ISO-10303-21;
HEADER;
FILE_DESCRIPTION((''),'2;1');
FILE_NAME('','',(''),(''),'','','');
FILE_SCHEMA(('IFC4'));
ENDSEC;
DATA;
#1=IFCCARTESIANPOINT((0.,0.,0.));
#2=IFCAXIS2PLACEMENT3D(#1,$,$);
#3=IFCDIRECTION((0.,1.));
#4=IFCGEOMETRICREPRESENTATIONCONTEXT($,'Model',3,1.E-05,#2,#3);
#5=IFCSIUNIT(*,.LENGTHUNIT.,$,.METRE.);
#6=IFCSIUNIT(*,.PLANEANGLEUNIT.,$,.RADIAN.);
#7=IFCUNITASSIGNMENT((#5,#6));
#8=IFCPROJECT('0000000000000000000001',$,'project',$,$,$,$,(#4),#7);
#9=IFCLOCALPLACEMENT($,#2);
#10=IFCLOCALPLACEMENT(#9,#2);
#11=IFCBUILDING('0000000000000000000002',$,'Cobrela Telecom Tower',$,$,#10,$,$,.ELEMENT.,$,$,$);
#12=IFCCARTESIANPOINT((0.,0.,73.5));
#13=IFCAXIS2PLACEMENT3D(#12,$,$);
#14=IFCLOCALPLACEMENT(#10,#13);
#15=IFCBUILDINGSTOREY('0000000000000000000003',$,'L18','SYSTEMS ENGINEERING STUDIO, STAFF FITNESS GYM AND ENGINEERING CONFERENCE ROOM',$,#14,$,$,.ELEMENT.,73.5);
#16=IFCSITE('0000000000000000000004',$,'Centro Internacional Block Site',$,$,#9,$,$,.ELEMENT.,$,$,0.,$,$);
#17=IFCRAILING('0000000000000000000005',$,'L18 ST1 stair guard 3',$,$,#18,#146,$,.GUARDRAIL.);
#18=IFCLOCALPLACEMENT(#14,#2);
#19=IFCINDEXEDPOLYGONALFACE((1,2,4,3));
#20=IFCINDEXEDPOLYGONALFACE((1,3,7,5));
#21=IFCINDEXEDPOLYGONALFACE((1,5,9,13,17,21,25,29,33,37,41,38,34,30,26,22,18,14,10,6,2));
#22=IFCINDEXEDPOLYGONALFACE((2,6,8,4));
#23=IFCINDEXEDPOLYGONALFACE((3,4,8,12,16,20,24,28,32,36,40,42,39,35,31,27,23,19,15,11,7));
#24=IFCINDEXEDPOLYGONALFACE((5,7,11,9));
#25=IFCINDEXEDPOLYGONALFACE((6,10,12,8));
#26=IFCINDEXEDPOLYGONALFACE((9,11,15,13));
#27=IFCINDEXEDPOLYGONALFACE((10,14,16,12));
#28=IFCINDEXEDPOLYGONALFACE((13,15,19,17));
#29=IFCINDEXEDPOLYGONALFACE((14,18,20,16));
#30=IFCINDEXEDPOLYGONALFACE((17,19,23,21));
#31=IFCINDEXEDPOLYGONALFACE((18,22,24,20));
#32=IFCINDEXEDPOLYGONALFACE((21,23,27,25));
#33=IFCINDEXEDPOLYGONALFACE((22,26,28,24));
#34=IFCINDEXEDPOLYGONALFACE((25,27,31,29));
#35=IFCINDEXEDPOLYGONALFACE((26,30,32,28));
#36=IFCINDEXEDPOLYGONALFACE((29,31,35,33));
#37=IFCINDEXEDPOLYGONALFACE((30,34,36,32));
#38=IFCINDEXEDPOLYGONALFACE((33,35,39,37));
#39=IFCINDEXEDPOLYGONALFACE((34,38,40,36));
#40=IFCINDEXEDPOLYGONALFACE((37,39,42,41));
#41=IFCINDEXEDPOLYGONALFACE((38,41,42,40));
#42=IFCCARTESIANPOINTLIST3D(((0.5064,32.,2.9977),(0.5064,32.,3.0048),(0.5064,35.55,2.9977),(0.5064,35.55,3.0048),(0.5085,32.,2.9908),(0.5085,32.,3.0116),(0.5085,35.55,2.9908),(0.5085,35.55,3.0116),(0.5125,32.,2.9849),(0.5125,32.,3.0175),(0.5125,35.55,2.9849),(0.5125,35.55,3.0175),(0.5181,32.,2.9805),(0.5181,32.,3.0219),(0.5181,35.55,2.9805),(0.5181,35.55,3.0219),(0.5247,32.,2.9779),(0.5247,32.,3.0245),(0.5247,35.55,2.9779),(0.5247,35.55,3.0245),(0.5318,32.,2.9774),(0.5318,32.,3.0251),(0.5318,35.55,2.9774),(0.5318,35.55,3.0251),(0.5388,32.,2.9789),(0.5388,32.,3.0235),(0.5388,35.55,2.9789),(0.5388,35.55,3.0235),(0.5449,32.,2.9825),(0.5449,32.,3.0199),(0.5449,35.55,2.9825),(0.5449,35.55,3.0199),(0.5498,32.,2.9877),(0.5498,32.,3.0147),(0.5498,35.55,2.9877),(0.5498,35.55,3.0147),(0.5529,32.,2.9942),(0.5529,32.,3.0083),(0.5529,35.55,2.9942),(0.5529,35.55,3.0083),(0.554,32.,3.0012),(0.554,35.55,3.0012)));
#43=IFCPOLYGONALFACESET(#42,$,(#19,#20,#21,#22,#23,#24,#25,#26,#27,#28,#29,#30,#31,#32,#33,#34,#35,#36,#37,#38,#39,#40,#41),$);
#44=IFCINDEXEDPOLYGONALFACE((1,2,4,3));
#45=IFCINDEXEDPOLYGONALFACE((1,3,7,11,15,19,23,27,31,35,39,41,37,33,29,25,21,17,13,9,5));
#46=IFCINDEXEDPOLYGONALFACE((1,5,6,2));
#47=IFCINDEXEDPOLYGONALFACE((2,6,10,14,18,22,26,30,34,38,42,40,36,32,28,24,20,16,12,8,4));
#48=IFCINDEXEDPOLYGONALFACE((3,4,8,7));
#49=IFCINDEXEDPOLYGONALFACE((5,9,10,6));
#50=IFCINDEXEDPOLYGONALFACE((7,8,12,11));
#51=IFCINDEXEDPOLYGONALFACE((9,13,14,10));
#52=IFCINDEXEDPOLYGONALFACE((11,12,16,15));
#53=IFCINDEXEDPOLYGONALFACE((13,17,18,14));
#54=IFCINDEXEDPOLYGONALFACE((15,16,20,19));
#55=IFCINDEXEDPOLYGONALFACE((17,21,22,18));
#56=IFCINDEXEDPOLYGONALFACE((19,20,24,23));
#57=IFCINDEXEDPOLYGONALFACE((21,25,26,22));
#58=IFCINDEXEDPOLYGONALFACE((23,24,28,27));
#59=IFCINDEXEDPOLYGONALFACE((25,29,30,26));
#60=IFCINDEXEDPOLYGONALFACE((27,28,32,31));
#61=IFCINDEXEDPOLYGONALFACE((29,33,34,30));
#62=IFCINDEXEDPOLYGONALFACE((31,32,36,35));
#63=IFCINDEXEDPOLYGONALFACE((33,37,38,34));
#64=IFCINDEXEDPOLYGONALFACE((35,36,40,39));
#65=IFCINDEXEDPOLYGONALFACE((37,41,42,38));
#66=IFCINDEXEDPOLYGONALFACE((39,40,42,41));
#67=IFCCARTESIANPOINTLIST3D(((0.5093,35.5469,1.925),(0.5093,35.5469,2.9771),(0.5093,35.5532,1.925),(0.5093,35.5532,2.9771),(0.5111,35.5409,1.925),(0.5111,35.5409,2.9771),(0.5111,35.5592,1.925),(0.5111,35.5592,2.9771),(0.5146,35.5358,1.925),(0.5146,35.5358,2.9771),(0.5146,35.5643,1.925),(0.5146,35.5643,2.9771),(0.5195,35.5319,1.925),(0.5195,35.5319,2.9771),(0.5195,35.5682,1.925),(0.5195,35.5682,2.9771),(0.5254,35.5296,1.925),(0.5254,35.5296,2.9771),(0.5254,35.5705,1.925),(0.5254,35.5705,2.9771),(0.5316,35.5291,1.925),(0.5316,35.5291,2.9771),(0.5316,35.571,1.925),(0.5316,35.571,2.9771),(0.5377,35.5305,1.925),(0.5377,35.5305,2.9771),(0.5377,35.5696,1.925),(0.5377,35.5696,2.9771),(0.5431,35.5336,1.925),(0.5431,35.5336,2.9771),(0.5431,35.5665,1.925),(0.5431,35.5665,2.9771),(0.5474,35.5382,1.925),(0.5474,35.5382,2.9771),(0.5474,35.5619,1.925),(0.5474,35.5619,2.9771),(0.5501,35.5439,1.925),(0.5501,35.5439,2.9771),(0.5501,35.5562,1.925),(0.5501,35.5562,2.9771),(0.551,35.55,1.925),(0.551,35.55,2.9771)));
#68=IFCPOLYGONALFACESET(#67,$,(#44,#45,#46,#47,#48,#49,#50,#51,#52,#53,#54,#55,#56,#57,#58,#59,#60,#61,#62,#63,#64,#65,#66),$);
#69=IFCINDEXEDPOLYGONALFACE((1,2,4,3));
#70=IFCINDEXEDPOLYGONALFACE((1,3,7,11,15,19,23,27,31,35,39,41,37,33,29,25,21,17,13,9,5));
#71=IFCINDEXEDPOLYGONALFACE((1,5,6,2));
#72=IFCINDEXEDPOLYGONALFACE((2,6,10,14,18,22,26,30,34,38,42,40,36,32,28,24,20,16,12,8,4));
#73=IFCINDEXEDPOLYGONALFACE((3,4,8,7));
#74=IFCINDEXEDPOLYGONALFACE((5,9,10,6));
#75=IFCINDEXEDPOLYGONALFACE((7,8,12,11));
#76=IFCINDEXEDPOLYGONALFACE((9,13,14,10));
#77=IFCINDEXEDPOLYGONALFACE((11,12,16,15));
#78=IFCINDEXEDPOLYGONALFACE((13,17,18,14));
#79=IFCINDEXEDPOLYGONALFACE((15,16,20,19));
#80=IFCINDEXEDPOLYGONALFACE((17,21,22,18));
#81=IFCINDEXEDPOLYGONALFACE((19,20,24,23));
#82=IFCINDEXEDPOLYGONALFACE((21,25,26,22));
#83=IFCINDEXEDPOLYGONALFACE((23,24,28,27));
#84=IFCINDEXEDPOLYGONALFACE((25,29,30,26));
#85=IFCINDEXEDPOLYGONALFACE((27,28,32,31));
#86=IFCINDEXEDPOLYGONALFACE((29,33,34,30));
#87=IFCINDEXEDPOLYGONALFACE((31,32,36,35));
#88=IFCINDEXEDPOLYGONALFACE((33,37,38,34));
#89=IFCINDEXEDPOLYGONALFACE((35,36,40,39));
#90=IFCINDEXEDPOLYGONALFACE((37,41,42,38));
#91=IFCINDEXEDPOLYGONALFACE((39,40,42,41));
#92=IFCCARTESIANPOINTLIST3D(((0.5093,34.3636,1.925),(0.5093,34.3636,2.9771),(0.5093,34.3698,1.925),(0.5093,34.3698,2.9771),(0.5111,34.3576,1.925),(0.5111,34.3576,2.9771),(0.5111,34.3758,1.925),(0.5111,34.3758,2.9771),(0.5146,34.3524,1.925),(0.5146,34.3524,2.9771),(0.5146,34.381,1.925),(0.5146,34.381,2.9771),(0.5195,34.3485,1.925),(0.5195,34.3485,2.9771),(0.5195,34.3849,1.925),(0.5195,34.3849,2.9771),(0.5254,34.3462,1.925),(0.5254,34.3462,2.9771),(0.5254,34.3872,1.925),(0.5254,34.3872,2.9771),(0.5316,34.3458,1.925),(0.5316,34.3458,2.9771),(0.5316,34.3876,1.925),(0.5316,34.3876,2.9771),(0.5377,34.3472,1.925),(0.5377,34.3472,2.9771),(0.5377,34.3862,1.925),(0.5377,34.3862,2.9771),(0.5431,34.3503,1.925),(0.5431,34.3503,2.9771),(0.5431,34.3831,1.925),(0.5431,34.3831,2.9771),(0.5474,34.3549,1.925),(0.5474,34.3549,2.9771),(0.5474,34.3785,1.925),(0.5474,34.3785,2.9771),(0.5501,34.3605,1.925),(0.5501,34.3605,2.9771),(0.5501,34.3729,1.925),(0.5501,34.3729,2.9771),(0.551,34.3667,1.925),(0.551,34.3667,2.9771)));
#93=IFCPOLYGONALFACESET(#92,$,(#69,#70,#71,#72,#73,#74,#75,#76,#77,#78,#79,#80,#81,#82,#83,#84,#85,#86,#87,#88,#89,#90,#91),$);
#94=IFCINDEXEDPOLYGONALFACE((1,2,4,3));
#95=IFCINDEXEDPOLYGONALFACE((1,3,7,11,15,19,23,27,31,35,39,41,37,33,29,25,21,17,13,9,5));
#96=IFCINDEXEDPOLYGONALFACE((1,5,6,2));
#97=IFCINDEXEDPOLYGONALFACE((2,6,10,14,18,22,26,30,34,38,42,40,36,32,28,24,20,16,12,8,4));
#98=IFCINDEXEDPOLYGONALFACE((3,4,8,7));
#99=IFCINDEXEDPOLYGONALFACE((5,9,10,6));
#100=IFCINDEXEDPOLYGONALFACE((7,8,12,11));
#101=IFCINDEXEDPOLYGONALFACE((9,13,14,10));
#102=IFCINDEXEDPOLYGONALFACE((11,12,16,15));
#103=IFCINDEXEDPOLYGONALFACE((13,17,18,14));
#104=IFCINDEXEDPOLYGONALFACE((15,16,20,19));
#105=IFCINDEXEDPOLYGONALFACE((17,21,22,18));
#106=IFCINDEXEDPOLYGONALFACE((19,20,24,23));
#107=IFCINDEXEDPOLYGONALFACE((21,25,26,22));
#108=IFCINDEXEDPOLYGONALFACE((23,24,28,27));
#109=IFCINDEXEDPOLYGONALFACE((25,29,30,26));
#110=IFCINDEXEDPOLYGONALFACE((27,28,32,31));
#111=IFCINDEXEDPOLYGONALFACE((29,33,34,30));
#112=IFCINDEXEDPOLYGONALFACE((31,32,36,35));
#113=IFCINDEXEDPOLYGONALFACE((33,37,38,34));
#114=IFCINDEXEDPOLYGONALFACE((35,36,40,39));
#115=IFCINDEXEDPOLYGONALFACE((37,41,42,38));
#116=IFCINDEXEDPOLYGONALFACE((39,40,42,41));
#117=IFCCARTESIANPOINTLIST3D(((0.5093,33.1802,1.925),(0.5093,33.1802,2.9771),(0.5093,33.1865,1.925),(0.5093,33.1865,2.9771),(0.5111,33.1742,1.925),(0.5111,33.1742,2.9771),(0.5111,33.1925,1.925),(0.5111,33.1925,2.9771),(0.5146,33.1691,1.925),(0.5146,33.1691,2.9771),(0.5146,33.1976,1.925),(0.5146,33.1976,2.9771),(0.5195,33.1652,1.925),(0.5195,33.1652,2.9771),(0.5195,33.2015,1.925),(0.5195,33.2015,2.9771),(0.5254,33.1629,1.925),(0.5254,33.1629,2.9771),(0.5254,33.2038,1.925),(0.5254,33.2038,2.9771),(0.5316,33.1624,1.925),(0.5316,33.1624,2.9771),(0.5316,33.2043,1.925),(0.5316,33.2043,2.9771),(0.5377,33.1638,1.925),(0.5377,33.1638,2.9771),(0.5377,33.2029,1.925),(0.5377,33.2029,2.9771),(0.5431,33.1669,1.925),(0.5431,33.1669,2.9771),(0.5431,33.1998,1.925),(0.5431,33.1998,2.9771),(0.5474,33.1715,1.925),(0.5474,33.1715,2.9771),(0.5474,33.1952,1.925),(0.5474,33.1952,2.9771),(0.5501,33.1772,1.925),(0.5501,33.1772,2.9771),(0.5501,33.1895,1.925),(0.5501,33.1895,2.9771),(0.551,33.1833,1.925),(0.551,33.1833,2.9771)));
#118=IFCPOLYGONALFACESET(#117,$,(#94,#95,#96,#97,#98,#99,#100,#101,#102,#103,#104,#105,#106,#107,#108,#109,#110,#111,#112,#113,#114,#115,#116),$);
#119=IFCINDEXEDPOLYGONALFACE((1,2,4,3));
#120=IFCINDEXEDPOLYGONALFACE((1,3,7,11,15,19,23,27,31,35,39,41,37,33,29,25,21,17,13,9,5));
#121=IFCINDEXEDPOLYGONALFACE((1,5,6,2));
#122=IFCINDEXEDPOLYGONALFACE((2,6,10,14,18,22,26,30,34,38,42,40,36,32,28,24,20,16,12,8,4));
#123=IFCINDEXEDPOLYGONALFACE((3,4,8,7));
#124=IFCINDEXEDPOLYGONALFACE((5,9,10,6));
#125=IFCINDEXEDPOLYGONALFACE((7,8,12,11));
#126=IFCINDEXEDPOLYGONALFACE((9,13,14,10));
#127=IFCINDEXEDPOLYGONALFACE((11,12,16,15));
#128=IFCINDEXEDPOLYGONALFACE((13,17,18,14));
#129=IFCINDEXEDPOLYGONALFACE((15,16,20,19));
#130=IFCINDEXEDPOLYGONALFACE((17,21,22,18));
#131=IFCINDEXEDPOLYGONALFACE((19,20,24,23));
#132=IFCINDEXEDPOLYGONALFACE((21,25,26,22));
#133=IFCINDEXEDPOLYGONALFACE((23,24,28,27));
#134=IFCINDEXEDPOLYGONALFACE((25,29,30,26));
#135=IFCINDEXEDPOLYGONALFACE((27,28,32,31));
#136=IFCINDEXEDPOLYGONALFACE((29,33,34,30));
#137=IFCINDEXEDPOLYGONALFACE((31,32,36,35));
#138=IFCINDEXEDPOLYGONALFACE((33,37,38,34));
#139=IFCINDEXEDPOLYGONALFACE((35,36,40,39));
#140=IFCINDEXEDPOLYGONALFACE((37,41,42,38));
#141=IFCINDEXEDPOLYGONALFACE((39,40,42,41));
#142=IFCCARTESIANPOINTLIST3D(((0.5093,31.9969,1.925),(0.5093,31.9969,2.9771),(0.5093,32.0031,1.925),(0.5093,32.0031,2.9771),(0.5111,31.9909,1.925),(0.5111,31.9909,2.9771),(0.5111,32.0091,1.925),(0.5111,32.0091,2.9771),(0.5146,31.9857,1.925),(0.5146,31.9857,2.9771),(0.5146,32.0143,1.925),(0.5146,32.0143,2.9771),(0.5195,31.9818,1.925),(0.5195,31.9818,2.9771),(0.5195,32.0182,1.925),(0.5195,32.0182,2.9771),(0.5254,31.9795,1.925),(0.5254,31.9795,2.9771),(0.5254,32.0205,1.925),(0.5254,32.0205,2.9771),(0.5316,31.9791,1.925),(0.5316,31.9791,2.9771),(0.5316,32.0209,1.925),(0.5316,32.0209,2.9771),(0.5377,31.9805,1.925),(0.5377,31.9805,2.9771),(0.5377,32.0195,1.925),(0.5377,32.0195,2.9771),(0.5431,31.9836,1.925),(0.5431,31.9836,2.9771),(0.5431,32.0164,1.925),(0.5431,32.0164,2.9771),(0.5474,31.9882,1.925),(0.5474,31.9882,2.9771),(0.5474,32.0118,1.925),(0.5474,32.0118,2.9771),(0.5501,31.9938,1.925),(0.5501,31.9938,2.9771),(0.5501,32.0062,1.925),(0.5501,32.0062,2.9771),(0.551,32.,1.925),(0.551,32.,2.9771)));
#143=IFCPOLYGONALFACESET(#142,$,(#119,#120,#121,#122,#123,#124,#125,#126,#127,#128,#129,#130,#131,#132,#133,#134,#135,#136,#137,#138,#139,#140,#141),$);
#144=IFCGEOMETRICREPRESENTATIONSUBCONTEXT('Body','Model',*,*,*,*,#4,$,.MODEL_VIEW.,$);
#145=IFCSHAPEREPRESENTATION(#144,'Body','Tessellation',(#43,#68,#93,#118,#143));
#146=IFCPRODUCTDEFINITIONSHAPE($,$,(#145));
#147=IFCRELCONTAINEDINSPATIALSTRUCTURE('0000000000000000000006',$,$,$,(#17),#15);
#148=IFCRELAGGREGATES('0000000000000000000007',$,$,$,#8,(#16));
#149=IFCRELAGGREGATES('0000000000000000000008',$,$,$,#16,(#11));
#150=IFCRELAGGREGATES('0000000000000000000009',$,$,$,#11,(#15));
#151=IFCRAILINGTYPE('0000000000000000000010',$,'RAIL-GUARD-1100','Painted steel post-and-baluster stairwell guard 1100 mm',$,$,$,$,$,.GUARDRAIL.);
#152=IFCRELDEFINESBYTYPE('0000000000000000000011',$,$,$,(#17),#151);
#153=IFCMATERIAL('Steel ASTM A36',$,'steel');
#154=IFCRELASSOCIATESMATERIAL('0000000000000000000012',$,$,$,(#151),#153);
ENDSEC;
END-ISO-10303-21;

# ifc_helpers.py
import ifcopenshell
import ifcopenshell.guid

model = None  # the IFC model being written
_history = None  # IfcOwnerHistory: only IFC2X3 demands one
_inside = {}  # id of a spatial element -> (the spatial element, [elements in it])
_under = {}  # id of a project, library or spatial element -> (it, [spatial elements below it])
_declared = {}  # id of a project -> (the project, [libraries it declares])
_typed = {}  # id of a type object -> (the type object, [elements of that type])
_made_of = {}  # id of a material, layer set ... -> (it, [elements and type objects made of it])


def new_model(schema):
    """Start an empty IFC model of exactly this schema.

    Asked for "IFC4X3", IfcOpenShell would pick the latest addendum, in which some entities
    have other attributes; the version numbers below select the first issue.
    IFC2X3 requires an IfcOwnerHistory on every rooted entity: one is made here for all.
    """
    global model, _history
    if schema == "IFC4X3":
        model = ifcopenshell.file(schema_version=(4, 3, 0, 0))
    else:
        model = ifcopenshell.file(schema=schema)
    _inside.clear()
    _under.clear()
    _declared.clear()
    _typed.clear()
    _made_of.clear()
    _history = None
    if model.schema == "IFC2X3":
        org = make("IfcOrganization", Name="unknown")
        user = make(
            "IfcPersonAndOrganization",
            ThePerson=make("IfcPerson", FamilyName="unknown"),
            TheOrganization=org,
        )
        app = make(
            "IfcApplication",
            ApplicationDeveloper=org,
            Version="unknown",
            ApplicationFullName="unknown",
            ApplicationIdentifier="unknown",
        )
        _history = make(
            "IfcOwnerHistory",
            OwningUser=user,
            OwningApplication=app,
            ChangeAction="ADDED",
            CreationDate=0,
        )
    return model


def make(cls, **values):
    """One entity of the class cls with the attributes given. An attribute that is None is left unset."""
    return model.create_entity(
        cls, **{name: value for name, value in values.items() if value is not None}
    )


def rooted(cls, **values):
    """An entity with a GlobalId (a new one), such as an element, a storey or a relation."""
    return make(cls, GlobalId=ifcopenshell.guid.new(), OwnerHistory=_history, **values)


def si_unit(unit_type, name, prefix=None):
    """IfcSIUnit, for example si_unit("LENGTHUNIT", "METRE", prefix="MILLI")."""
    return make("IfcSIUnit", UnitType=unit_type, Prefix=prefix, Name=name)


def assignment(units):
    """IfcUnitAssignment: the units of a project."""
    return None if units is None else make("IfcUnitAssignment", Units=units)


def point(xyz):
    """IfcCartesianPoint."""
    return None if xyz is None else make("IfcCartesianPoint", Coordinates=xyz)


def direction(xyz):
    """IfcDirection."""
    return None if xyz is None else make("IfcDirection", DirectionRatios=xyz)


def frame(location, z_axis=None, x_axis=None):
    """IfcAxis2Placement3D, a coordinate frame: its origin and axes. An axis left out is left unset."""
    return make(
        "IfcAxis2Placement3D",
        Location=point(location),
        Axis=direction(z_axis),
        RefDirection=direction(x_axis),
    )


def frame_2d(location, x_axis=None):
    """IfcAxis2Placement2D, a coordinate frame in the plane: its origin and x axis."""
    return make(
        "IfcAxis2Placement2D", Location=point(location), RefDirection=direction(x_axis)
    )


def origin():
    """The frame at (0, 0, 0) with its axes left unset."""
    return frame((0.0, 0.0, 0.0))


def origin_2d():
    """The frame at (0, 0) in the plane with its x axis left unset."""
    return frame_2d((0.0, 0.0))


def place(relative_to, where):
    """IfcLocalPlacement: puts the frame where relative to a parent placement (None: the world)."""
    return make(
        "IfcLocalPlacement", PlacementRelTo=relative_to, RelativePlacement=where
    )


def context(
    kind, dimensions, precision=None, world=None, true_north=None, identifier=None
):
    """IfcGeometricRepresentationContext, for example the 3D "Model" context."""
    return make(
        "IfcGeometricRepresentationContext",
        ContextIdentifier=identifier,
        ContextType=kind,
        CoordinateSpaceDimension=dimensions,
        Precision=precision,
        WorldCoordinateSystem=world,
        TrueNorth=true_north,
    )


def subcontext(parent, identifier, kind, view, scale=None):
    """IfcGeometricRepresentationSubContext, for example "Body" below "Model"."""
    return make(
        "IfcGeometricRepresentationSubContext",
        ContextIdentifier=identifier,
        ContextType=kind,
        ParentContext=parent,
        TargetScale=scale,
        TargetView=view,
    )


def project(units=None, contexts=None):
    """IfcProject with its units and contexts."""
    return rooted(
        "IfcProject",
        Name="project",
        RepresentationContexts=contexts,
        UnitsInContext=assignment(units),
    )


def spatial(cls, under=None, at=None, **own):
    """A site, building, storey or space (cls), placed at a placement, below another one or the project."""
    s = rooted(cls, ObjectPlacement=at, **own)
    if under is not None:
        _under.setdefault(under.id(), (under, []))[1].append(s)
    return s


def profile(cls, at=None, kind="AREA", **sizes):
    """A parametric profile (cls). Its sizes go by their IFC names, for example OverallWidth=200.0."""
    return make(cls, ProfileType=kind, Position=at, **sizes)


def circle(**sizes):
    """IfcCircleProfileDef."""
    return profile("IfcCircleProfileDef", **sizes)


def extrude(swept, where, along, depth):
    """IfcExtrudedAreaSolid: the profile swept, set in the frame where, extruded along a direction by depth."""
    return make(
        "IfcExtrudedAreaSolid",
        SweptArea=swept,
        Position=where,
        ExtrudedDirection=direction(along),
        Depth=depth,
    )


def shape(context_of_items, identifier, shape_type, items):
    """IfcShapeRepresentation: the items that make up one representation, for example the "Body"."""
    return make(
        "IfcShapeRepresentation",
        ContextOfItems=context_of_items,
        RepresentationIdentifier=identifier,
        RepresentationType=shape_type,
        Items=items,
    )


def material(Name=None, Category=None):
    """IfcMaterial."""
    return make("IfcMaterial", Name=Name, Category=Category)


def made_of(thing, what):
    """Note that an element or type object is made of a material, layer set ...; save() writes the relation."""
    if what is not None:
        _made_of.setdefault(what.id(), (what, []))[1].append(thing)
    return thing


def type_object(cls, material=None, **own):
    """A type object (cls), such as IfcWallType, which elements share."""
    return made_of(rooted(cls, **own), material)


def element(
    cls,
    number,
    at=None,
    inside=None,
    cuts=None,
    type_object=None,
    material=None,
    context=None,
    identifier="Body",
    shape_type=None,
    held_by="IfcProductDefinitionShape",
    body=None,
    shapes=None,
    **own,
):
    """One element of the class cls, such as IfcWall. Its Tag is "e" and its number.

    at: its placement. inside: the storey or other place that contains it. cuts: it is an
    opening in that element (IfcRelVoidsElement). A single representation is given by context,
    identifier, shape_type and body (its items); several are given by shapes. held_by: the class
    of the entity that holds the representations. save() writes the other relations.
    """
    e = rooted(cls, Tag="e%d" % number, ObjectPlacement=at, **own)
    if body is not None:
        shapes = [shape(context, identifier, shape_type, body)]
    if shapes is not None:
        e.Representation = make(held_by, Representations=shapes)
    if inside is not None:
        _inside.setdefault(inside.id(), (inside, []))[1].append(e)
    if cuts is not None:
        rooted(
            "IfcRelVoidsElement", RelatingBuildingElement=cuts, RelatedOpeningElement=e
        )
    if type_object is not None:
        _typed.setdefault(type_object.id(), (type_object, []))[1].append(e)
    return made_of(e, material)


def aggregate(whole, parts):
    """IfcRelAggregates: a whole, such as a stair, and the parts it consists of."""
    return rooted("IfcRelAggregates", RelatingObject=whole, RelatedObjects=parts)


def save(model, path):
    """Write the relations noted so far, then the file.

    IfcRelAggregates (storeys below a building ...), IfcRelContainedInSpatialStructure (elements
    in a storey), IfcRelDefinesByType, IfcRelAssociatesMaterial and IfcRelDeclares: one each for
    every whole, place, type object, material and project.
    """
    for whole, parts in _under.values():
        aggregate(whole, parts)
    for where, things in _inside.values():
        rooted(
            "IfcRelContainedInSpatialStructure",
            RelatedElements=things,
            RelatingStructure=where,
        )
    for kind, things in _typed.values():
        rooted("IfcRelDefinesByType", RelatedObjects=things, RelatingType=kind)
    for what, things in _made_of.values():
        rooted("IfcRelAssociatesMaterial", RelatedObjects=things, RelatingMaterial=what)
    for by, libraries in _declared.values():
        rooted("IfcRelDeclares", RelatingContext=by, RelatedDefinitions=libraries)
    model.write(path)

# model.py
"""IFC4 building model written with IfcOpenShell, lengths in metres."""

from ifc_helpers import new_model, si_unit, direction, frame, origin, origin_2d, place, context, subcontext, project, spatial, circle, extrude, material, type_object, element, save


model = new_model("IFC4")

# Units and contexts
model_context = context("Model", 3, precision=1e-05, world=origin(), true_north=direction((0.0, 1.0)))
body_context = subcontext(model_context, "Body", "Model", "MODEL_VIEW")
ifc_project = project(units=[si_unit("LENGTHUNIT", "METRE"), si_unit("PLANEANGLEUNIT", "RADIAN")], contexts=[model_context])

# Site, building, storey
site_placement = place(None, origin())
site = spatial("IfcSite", under=ifc_project, at=site_placement, Name="Centro Internacional Block Site", CompositionType="ELEMENT", RefElevation=0.0)
building_placement = place(site_placement, origin())
building = spatial("IfcBuilding", under=site, at=building_placement, Name="Cobrela Telecom Tower", CompositionType="ELEMENT")
storey_placement = place(building_placement, frame((0.0, 0.0, 73.5)))
storey = spatial("IfcBuildingStorey", under=building, at=storey_placement, Name="L18", Description="SYSTEMS ENGINEERING STUDIO, STAFF FITNESS GYM AND ENGINEERING CONFERENCE ROOM", CompositionType="ELEMENT", Elevation=73.5)

# Shared definitions
ifc_material_1 = material(Name="Steel ASTM A36", Category="steel")

# Railing
railing_type_1 = type_object("IfcRailingType", Name="RAIL-GUARD-1100", Description="Painted steel post-and-baluster stairwell guard 1100 mm", PredefinedType="GUARDRAIL", material=ifc_material_1)
railing_1_placement = place(storey_placement, frame((0.53, 35.55, 1.925)))
element("IfcRailing", 1, at=railing_1_placement, inside=storey, type_object=railing_type_1, Name="L18 ST1 stair guard 3", PredefinedType="GUARDRAIL", context=body_context, shape_type="SweptSolid", body=[
    extrude(circle(Radius=0.0239, at=origin_2d()), frame((0.0, 0.0, 1.0762), z_axis=(0.0, -1.0, 0.0), x_axis=(1.0, 0.0, 0.0)), (0.0, 0.0, 1.0), 3.55),
    extrude(circle(Radius=0.021, at=origin_2d()), origin(), (0.0, 0.0, 1.0), 1.052),
    extrude(circle(Radius=0.021, at=origin_2d()), frame((0.0, -1.1833, 0.0)), (0.0, 0.0, 1.0), 1.052),
    extrude(circle(Radius=0.021, at=origin_2d()), frame((0.0, -2.3667, 0.0)), (0.0, 0.0, 1.0), 1.052),
    extrude(circle(Radius=0.021, at=origin_2d()), frame((0.0, -3.55, 0.0)), (0.0, 0.0, 1.0), 1.052),
])

save(model, "model.ifc")
